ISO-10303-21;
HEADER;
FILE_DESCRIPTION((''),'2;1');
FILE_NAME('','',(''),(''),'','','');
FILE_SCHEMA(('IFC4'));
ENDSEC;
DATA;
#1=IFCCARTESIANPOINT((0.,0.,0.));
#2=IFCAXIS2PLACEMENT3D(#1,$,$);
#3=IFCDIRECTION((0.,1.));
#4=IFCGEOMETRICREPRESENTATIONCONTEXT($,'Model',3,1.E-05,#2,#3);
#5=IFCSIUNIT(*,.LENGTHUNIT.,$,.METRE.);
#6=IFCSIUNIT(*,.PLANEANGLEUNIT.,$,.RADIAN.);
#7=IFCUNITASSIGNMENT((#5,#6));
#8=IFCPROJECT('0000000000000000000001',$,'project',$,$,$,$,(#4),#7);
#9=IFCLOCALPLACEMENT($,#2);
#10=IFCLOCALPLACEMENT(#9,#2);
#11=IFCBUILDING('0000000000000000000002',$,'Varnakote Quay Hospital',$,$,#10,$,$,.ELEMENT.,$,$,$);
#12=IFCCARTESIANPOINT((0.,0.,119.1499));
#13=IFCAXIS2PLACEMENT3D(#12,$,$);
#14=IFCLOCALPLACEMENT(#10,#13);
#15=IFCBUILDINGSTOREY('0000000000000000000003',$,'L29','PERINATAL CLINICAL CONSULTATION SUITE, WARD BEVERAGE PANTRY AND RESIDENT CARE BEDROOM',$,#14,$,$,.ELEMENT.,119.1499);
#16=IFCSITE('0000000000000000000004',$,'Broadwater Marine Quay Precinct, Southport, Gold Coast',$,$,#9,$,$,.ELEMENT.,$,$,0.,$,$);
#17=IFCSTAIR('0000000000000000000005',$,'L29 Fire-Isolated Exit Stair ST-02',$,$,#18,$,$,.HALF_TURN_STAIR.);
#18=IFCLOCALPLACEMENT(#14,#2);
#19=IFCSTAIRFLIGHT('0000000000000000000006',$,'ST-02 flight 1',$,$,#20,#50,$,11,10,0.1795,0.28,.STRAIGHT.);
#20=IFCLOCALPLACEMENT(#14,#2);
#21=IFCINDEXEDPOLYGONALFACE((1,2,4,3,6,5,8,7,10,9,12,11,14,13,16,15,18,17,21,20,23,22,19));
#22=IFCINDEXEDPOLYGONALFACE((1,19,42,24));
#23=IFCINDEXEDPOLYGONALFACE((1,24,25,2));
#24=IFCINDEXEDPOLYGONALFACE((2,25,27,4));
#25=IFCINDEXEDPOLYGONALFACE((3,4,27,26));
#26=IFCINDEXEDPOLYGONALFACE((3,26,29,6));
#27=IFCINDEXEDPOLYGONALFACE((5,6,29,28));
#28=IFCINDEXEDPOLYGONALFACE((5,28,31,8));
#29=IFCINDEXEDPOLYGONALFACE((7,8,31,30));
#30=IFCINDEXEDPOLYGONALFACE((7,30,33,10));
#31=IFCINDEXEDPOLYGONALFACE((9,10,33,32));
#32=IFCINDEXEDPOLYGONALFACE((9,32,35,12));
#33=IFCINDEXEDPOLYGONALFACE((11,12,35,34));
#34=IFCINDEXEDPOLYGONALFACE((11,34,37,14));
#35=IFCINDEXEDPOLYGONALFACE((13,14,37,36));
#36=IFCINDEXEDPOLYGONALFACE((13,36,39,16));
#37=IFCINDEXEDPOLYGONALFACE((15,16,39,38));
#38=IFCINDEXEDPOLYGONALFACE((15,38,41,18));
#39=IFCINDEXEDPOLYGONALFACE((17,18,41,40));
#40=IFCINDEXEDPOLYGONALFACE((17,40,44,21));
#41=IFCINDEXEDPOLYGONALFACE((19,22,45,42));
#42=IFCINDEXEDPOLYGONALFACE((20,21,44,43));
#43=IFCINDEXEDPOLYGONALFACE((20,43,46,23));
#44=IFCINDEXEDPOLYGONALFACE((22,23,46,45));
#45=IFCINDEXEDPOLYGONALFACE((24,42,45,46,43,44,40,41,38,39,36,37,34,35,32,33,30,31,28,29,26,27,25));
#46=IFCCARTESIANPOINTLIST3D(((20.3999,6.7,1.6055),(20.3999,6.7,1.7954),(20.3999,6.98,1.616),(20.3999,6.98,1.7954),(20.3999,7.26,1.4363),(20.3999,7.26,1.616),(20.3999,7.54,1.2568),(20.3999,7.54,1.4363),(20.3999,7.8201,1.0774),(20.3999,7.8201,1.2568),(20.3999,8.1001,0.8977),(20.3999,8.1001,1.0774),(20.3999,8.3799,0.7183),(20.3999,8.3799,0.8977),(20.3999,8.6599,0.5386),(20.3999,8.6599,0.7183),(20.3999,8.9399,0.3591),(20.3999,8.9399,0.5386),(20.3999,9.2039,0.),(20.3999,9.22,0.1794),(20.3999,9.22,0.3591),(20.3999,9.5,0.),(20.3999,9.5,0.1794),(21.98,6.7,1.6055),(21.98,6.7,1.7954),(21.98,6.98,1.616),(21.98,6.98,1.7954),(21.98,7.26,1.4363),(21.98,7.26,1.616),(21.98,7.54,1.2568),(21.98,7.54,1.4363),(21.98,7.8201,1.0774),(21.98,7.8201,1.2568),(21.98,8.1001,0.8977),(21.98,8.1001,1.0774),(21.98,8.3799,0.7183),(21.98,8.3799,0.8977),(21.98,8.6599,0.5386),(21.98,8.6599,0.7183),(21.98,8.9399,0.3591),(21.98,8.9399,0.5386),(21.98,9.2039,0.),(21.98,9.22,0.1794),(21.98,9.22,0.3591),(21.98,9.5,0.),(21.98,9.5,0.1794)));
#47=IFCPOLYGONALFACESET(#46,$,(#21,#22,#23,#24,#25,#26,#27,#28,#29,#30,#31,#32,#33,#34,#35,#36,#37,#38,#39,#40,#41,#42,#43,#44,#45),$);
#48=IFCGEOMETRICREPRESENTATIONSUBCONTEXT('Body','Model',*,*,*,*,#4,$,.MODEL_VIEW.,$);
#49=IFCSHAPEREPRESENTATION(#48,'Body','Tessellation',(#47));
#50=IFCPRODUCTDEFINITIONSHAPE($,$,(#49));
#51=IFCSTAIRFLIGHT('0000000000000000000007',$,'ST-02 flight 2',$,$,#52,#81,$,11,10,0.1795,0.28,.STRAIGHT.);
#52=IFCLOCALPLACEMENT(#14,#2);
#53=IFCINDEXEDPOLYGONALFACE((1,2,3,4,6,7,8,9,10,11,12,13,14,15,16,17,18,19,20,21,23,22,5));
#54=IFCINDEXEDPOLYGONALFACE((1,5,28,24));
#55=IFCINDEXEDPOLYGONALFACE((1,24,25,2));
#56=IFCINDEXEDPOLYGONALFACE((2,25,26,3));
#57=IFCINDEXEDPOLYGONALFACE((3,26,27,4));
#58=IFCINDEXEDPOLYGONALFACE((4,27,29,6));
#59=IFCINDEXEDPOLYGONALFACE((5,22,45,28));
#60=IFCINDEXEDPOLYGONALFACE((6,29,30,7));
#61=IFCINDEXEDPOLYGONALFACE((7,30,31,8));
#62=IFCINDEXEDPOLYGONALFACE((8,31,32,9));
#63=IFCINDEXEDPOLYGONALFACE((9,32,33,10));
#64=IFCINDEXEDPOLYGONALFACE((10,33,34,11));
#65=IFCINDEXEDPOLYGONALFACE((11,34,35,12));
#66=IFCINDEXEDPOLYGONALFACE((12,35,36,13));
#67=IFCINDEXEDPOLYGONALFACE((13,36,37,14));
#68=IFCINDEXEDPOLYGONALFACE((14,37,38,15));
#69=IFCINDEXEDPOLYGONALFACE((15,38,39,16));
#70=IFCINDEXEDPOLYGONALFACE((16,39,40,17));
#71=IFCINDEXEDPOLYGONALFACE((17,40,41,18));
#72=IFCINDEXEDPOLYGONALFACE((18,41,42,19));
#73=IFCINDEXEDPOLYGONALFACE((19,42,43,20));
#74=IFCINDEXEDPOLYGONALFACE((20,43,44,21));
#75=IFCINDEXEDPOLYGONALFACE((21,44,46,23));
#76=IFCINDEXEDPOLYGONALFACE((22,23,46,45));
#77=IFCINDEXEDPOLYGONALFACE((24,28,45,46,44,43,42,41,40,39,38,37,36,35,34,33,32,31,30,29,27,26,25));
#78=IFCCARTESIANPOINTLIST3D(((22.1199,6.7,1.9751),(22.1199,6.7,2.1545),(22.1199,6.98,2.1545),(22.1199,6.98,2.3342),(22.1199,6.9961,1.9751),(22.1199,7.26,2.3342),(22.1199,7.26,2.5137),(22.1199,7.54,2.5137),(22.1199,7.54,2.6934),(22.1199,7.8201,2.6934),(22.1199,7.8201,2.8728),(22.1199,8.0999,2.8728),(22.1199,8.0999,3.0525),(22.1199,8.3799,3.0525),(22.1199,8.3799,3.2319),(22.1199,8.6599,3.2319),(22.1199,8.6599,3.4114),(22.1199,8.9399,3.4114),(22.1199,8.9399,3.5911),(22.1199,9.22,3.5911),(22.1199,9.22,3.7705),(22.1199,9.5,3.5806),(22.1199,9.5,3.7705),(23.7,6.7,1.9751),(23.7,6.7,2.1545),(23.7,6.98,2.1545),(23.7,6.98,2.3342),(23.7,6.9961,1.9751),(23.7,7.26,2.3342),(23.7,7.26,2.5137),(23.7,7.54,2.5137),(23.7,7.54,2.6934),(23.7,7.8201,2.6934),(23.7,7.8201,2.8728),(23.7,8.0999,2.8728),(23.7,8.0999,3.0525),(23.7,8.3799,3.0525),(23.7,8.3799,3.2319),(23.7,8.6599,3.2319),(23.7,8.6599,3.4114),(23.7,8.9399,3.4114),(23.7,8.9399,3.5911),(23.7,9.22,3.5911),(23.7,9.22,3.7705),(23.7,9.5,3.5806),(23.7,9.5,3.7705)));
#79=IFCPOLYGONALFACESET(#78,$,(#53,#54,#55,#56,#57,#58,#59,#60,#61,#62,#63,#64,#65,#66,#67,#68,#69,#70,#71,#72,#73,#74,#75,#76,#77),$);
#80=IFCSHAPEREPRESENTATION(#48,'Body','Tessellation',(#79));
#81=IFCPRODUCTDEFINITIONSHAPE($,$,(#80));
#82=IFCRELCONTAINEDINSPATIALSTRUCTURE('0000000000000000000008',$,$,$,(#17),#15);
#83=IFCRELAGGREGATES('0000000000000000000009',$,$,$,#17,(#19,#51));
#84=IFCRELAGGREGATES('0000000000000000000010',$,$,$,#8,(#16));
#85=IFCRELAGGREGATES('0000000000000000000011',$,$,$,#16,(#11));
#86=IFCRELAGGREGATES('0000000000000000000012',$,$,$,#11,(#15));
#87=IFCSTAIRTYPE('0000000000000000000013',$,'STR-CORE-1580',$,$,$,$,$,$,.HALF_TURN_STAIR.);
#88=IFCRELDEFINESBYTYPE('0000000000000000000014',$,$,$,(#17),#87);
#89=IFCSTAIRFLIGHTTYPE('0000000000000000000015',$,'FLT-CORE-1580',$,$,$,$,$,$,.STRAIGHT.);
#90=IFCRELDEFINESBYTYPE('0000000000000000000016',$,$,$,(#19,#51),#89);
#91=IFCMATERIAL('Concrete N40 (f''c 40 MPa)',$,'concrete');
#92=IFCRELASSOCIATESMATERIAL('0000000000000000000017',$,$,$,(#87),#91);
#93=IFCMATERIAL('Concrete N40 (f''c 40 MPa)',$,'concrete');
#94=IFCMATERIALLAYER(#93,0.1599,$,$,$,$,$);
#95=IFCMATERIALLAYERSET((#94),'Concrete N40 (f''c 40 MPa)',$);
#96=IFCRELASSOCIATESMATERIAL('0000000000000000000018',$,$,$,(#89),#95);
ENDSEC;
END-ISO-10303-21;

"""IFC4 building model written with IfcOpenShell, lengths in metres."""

from ifc_helpers import new_model, si_unit, direction, frame, origin, place, context, subcontext, project, spatial, polyline, outline, extrude, material, layer, layer_set, type_object, element, aggregate, save


model = new_model("IFC4")

# Units and contexts
model_context = context("Model", 3, precision=1e-05, world=origin(), true_north=direction((0.0, 1.0)))
body_context = subcontext(model_context, "Body", "Model", "MODEL_VIEW")
ifc_project = project(units=[si_unit("LENGTHUNIT", "METRE"), si_unit("PLANEANGLEUNIT", "RADIAN")], contexts=[model_context])

# Site, building, storey
site_placement = place(None, origin())
site = spatial("IfcSite", under=ifc_project, at=site_placement, Name="Broadwater Marine Quay Precinct, Southport, Gold Coast", CompositionType="ELEMENT", RefElevation=0.0)
building_placement = place(site_placement, origin())
building = spatial("IfcBuilding", under=site, at=building_placement, Name="Varnakote Quay Hospital", CompositionType="ELEMENT")
storey_placement = place(building_placement, frame((0.0, 0.0, 119.1499)))
storey = spatial("IfcBuildingStorey", under=building, at=storey_placement, Name="L29", Description="PERINATAL CLINICAL CONSULTATION SUITE, WARD BEVERAGE PANTRY AND RESIDENT CARE BEDROOM", CompositionType="ELEMENT", Elevation=119.1499)

# Stair, stair flights
ifc_material_1 = material(Name="Concrete N40 (f'c 40 MPa)", Category="concrete")
stair_type = type_object("IfcStairType", Name="STR-CORE-1580", PredefinedType="HALF_TURN_STAIR", material=ifc_material_1)
stair_placement = place(storey_placement, origin())
stair = element("IfcStair", 1, at=stair_placement, inside=storey, type_object=stair_type, Name="L29 Fire-Isolated Exit Stair ST-02", PredefinedType="HALF_TURN_STAIR")
ifc_material_2 = material(Name="Concrete N40 (f'c 40 MPa)", Category="concrete")
ifc_layer_1 = layer(ifc_material_2, 0.1599)
ifc_layer_set_1 = layer_set([ifc_layer_1], Name="Concrete N40 (f'c 40 MPa)")
stair_flight_type = type_object("IfcStairFlightType", Name="FLT-CORE-1580", PredefinedType="STRAIGHT", material=ifc_layer_set_1)
stair_flight_1_placement = place(storey_placement, frame((21.1899, 9.5, 0.0), z_axis=(0.0, 0.0, 1.0), x_axis=(0.0, -1.0, 0.0)))
stair_flight_1 = element("IfcStairFlight", 2, at=stair_flight_1_placement, type_object=stair_flight_type, Name="ST-02 flight 1", NumberOfRisers=11, NumberOfTreads=10, PredefinedType="STRAIGHT", RiserHeight=0.1795, TreadLength=0.28, context=body_context, shape_type="SweptSolid", body=[
    extrude(outline(polyline([(0.0, 0.0), (0.0, 0.1794), (0.28, 0.1794), (0.28, 0.3591), (0.5601, 0.3591), (0.5601, 0.5386), (0.8401, 0.5386), (0.8401, 0.7183), (1.1201, 0.7183), (1.1201, 0.8977), (1.3999, 0.8977), (1.3999, 1.0774), (1.6799, 1.0774), (1.6799, 1.2568), (1.96, 1.2568), (1.96, 1.4363), (2.24, 1.4363), (2.24, 1.616), (2.52, 1.616), (2.52, 1.7954), (2.8, 1.7954), (2.8, 1.9751), (2.8, 1.6055), (0.2961, 0.0), (0.0, 0.0)])), frame((0.0, 0.79, 0.0), z_axis=(0.0, -1.0, 0.0), x_axis=(1.0, 0.0, 0.0)), (0.0, 0.0, 1.0), 1.5801),
])
stair_flight_2_placement = place(storey_placement, frame((22.9099, 6.7, 1.9751), z_axis=(0.0, 0.0, 1.0), x_axis=(0.0, 1.0, 0.0)))
stair_flight_2 = element("IfcStairFlight", 3, at=stair_flight_2_placement, type_object=stair_flight_type, Name="ST-02 flight 2", NumberOfRisers=11, NumberOfTreads=10, PredefinedType="STRAIGHT", RiserHeight=0.1795, TreadLength=0.28, context=body_context, shape_type="SweptSolid", body=[
    extrude(outline(polyline([(0.0, 0.0), (0.0, 0.1794), (0.28, 0.1794), (0.28, 0.3591), (0.5601, 0.3591), (0.5601, 0.5386), (0.8401, 0.5386), (0.8401, 0.7183), (1.1201, 0.7183), (1.1201, 0.8977), (1.3999, 0.8977), (1.3999, 1.0774), (1.6799, 1.0774), (1.6799, 1.2568), (1.96, 1.2568), (1.96, 1.4363), (2.24, 1.4363), (2.24, 1.616), (2.52, 1.616), (2.52, 1.7954), (2.8, 1.7954), (2.8, 1.9751), (2.8, 1.6055), (0.2961, 0.0), (0.0, 0.0)])), frame((0.0, 0.79, 0.0), z_axis=(0.0, -1.0, 0.0), x_axis=(1.0, 0.0, 0.0)), (0.0, 0.0, 1.0), 1.5801),
])
aggregate(stair, [stair_flight_1, stair_flight_2])

save(model, "model.ifc")
